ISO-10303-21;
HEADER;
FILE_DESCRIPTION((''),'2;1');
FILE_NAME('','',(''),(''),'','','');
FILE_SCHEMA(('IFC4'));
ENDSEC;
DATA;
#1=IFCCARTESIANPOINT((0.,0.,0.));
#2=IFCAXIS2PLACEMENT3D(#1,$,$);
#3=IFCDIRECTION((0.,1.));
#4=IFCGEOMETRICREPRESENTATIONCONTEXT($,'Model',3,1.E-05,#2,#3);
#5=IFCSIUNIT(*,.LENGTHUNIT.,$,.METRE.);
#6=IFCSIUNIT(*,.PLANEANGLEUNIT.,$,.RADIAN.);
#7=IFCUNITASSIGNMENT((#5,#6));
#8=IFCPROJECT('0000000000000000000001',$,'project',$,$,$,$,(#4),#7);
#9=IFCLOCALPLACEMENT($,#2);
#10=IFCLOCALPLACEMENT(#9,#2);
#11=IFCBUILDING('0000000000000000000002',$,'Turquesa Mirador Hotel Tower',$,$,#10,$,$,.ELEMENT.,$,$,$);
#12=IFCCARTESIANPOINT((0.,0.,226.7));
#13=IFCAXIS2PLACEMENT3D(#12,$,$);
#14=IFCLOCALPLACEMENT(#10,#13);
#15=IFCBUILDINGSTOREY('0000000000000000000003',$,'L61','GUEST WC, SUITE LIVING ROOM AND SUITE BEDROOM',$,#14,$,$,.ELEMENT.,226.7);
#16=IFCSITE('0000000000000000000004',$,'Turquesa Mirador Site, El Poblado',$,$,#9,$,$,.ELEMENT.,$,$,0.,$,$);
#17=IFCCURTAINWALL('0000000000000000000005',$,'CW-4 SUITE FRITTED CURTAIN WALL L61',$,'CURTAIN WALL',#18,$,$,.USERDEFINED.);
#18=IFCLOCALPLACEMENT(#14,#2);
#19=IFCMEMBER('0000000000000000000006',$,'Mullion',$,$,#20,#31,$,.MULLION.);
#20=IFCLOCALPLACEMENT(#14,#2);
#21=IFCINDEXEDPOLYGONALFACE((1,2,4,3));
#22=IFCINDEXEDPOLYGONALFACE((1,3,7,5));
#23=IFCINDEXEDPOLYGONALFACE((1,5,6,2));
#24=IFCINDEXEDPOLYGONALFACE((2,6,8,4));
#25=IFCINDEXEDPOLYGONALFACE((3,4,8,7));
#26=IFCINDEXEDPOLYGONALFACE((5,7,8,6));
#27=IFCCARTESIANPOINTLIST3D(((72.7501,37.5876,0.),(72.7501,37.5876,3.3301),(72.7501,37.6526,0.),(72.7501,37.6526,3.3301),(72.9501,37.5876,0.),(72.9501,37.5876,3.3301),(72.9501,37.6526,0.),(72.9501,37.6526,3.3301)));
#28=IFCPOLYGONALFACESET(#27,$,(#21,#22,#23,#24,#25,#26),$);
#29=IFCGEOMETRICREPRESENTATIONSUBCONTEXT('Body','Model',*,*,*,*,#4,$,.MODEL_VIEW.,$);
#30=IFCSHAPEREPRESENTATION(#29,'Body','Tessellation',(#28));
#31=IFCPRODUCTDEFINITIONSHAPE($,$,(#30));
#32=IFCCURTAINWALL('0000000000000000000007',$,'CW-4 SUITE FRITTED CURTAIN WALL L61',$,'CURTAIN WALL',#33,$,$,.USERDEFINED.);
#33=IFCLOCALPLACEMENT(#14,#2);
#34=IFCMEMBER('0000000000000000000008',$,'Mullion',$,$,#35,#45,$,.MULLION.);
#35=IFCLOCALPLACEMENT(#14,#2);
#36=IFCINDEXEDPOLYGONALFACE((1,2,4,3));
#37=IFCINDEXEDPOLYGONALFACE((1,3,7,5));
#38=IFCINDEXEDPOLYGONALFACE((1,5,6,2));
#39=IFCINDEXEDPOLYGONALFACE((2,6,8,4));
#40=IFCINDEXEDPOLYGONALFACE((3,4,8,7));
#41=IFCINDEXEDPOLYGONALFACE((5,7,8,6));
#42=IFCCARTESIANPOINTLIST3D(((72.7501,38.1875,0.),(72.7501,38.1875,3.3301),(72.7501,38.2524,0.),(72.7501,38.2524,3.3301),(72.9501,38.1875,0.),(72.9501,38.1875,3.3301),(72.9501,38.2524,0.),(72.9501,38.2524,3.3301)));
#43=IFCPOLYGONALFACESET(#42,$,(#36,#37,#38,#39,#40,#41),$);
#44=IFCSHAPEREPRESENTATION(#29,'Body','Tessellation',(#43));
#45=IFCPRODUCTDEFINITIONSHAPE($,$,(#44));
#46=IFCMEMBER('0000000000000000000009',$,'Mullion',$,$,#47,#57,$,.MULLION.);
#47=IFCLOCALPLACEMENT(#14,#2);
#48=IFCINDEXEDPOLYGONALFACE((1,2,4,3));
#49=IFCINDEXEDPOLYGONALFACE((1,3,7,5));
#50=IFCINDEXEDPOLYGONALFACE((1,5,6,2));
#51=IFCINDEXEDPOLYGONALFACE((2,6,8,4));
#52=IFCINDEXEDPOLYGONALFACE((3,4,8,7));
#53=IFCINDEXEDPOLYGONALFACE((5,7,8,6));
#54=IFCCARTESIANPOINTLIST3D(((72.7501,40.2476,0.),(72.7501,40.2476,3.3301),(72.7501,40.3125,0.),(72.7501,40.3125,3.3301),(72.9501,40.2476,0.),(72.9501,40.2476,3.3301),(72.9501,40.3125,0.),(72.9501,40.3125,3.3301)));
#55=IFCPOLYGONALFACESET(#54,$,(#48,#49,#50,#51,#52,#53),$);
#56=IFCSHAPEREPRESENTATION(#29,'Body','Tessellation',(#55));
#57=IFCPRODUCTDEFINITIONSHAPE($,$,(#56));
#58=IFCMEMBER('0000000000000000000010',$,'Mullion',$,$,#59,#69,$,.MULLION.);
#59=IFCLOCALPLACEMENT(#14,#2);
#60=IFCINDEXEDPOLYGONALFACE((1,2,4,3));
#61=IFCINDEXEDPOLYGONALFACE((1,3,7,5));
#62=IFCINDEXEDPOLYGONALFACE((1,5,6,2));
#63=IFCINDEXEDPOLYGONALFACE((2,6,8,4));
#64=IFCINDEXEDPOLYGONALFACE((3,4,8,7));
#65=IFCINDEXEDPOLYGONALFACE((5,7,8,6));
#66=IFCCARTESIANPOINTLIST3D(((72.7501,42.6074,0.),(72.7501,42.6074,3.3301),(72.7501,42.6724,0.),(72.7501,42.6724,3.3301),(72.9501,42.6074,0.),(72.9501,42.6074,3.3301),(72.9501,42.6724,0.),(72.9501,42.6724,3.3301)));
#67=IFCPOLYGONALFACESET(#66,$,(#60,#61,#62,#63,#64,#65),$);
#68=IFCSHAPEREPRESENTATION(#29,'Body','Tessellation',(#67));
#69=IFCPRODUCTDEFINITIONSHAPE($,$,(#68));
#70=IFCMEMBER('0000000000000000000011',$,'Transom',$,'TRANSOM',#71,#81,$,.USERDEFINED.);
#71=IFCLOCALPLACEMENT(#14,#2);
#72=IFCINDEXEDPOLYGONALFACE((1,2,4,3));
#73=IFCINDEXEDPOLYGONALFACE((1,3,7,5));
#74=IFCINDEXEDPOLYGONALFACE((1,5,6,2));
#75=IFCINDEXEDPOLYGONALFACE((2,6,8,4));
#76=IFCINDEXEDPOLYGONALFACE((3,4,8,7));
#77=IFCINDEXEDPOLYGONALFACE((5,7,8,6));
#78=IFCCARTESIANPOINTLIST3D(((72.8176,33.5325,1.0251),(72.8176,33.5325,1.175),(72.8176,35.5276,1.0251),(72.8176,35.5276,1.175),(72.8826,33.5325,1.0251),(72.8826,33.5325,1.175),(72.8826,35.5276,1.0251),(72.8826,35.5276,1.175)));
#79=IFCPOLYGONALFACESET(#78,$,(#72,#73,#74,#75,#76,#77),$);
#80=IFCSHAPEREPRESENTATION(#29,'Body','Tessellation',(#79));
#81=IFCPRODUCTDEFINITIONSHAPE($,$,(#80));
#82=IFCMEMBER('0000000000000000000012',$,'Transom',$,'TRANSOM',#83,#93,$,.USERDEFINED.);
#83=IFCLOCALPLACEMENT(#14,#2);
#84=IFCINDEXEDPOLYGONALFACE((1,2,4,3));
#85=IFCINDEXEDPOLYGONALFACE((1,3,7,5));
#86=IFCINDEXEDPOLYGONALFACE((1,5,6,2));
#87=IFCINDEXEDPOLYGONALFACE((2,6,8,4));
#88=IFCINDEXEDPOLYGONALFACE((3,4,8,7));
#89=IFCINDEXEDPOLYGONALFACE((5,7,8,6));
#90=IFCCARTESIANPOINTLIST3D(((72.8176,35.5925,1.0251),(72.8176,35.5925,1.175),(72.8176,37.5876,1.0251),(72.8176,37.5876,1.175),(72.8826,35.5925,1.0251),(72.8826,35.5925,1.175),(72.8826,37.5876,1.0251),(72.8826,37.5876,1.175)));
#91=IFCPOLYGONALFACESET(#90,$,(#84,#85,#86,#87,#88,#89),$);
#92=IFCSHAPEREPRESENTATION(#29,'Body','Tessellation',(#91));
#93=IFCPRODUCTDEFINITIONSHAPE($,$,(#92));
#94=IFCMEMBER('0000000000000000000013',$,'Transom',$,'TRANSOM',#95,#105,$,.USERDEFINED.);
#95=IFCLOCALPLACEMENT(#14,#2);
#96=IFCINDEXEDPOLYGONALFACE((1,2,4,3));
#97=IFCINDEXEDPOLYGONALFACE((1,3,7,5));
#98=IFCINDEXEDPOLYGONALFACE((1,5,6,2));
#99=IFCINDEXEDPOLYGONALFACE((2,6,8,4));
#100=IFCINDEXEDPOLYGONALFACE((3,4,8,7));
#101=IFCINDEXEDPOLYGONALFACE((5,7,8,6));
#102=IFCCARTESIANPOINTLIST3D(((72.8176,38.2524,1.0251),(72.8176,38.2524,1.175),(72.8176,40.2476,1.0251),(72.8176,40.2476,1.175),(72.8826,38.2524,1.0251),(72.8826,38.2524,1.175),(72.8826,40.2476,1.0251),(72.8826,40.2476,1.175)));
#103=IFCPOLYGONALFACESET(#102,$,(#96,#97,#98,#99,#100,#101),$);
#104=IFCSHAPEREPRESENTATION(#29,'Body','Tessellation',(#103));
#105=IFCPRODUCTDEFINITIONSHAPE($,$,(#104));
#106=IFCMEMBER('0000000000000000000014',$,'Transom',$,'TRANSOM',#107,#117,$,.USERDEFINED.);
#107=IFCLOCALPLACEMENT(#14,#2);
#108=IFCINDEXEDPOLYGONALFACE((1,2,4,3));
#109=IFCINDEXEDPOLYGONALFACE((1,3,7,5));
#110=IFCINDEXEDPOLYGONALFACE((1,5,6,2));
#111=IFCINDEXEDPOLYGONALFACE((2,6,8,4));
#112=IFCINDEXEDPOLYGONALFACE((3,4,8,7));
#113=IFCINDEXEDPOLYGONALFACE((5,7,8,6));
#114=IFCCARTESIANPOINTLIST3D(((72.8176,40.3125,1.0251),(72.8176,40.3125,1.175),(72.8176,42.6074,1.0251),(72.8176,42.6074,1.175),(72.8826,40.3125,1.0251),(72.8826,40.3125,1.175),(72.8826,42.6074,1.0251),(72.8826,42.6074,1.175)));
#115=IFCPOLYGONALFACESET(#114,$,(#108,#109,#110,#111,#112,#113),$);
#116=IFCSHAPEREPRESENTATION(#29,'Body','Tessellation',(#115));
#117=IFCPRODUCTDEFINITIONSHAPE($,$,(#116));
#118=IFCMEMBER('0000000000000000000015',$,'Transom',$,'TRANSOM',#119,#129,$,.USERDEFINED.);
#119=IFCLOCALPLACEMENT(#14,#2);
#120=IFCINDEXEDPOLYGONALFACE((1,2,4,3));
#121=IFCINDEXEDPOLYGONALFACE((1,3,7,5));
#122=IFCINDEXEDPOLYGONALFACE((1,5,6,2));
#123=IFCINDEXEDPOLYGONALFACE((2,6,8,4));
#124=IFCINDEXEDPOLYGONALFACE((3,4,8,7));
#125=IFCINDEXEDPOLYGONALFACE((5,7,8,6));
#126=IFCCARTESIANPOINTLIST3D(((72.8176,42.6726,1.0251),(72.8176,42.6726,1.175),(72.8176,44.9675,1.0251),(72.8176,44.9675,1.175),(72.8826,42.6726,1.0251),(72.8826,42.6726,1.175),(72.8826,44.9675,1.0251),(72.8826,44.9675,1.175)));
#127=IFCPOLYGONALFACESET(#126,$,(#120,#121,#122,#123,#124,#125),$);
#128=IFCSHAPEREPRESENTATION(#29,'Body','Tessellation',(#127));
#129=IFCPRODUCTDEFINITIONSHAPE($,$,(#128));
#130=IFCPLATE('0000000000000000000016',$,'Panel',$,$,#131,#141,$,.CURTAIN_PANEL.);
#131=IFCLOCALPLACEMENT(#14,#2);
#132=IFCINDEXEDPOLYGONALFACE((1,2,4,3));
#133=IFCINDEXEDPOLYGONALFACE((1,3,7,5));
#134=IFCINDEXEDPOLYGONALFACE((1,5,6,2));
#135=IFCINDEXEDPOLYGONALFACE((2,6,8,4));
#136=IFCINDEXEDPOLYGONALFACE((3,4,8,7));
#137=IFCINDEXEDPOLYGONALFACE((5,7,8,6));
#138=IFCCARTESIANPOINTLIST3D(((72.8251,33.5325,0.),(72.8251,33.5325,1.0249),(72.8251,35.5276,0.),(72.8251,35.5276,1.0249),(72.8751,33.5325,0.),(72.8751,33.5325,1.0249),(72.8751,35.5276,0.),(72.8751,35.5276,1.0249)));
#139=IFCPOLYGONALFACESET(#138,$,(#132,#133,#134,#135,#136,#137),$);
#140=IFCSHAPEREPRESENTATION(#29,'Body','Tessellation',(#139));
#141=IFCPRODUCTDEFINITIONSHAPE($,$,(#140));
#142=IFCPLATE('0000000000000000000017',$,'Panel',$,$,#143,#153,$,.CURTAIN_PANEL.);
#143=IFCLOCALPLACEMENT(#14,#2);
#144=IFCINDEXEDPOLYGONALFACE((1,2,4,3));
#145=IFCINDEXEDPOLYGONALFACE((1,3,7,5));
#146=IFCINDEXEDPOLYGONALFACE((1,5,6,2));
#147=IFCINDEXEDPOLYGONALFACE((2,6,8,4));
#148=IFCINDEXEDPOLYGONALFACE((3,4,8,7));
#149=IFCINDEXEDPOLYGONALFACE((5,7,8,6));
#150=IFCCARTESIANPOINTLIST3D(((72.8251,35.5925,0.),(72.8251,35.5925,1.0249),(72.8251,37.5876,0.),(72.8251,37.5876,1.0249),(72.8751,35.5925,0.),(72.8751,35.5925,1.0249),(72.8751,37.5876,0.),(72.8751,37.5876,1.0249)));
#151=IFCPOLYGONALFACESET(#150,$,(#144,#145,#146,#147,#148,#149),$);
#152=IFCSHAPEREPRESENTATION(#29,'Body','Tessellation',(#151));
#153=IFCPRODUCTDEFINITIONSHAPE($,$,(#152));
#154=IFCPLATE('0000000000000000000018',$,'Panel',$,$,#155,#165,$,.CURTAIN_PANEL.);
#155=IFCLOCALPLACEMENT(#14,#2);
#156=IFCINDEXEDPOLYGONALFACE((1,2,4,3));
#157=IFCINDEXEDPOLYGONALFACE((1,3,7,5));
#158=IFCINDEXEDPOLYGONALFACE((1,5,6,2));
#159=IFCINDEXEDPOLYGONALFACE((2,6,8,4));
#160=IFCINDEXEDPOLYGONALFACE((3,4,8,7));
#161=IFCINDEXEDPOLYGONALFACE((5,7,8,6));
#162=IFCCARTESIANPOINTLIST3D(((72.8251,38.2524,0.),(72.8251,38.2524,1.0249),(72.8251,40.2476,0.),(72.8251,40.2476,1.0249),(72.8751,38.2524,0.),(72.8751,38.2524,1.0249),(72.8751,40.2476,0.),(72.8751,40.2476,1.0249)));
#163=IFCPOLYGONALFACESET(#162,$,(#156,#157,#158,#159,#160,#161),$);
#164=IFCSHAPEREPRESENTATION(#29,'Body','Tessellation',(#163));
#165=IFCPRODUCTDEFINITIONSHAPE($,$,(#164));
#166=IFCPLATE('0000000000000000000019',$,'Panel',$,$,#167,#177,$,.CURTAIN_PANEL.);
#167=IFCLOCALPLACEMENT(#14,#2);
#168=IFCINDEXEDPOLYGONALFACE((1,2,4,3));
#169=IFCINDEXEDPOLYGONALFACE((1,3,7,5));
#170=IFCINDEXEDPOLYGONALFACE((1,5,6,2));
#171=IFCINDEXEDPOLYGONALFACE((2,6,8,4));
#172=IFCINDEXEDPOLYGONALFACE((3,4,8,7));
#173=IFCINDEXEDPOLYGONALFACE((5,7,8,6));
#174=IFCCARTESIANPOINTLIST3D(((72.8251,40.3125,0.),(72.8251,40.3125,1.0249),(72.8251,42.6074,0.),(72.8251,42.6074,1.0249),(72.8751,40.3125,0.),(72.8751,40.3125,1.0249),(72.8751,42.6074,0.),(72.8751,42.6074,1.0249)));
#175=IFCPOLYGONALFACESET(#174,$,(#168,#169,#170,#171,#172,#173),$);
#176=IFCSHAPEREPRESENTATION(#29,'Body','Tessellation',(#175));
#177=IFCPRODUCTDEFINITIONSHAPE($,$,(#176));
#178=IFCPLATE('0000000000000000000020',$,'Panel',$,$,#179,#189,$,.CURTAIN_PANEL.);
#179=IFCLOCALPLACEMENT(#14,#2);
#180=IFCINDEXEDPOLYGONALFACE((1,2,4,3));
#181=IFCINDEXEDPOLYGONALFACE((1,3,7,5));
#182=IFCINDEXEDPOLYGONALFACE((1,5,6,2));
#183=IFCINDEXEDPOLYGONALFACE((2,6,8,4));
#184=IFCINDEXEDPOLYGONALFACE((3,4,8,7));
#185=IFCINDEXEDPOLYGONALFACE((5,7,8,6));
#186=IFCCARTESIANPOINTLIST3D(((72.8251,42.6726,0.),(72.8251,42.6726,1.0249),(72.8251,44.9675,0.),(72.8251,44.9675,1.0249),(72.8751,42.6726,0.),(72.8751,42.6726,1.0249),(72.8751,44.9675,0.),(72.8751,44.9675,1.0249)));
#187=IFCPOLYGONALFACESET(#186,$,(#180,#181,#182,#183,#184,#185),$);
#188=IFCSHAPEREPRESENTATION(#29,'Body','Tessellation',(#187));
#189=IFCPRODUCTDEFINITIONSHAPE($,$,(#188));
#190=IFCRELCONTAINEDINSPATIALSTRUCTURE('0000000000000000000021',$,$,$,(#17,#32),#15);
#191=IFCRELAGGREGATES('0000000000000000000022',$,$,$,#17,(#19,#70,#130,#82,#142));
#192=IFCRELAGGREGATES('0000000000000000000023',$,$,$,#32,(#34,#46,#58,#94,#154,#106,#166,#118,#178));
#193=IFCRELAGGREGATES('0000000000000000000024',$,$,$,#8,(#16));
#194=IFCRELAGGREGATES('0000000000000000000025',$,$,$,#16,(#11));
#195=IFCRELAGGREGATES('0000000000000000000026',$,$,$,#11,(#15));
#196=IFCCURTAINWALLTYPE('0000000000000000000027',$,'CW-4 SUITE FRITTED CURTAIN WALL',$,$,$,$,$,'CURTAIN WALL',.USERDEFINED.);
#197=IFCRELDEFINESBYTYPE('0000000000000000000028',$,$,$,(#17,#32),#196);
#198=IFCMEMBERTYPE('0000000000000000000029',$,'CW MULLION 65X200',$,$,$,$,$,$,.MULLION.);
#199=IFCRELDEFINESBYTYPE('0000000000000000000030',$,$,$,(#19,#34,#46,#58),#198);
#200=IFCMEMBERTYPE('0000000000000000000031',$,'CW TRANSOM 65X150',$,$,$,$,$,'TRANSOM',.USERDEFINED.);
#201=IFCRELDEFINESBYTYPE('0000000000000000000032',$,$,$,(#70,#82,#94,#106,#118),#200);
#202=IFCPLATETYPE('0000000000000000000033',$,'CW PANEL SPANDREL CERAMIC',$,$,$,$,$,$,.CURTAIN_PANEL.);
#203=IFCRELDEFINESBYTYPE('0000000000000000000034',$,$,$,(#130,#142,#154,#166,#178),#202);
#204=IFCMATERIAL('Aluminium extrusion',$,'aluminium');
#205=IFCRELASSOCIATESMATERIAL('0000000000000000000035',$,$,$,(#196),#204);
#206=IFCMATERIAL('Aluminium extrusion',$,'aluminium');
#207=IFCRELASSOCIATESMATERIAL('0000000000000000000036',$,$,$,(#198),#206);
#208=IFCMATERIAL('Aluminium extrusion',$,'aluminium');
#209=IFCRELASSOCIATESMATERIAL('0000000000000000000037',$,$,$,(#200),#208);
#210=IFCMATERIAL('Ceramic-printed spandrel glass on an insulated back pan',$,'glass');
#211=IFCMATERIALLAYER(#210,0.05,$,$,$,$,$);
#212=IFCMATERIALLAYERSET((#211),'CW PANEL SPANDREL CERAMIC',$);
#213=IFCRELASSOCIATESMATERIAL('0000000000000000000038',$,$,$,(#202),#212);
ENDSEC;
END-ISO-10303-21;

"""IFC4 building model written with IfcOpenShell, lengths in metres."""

from ifc_helpers import new_model, si_unit, direction, frame, origin, origin_2d, place, context, subcontext, project, spatial, rectangle, extrude, material, layer, layer_set, material_profile, profile_set, type_object, element, aggregate, save


model = new_model("IFC4")

# Units and contexts
model_context = context("Model", 3, precision=1e-05, world=origin(), true_north=direction((0.0, 1.0)))
body_context = subcontext(model_context, "Body", "Model", "MODEL_VIEW")
ifc_project = project(units=[si_unit("LENGTHUNIT", "METRE"), si_unit("PLANEANGLEUNIT", "RADIAN")], contexts=[model_context])

# Site, building, storey
site_placement = place(None, origin())
site = spatial("IfcSite", under=ifc_project, at=site_placement, Name="Turquesa Mirador Site, El Poblado", CompositionType="ELEMENT", RefElevation=0.0)
building_placement = place(site_placement, origin())
building = spatial("IfcBuilding", under=site, at=building_placement, Name="Turquesa Mirador Hotel Tower", CompositionType="ELEMENT")
storey_placement = place(building_placement, frame((0.0, 0.0, 226.7)))
storey = spatial("IfcBuildingStorey", under=building, at=storey_placement, Name="L61", Description="GUEST WC, SUITE LIVING ROOM AND SUITE BEDROOM", CompositionType="ELEMENT", Elevation=226.7)

# Curtain walls, members
ifc_material_1 = material(Name="Aluminium extrusion", Category="aluminium")
curtain_wall_type = type_object("IfcCurtainWallType", Name="CW-4 SUITE FRITTED CURTAIN WALL", ElementType="CURTAIN WALL", PredefinedType="USERDEFINED", material=ifc_material_1)
curtain_wall_1_placement = place(storey_placement, origin())
curtain_wall_1 = element("IfcCurtainWall", 1, at=curtain_wall_1_placement, inside=storey, type_object=curtain_wall_type, Name="CW-4 SUITE FRITTED CURTAIN WALL L61", ObjectType="CURTAIN WALL", PredefinedType="USERDEFINED")
ifc_material_2 = material(Name="Aluminium extrusion", Category="aluminium")
ifc_material_profile_1 = material_profile(ifc_material_2, rectangle(XDim=0.0649, YDim=0.2, at=origin_2d()), Name="MULLION 65X200")
ifc_profile_set_1 = profile_set([ifc_material_profile_1], Name="Aluminium extrusion")
member_type_1 = type_object("IfcMemberType", Name="CW MULLION 65X200", PredefinedType="MULLION", material=ifc_profile_set_1)
member_1_placement = place(storey_placement, frame((72.8501, 37.6201, 0.0), z_axis=(0.0, 0.0, 1.0), x_axis=(0.0, 1.0, 0.0)))
member_1 = element("IfcMember", 2, at=member_1_placement, type_object=member_type_1, Name="Mullion", PredefinedType="MULLION", context=body_context, shape_type="SweptSolid", body=[
    extrude(rectangle(XDim=0.0649, YDim=0.2, at=origin_2d()), origin(), (0.0, 0.0, 1.0), 3.3301),
])
curtain_wall_2_placement = place(storey_placement, origin())
curtain_wall_2 = element("IfcCurtainWall", 3, at=curtain_wall_2_placement, inside=storey, type_object=curtain_wall_type, Name="CW-4 SUITE FRITTED CURTAIN WALL L61", ObjectType="CURTAIN WALL", PredefinedType="USERDEFINED")
member_2_placement = place(storey_placement, frame((72.8501, 38.22, 0.0), z_axis=(0.0, 0.0, 1.0), x_axis=(0.0, 1.0, 0.0)))
member_2 = element("IfcMember", 4, at=member_2_placement, type_object=member_type_1, Name="Mullion", PredefinedType="MULLION", context=body_context, shape_type="SweptSolid", body=[
    extrude(rectangle(XDim=0.0649, YDim=0.2, at=origin_2d()), origin(), (0.0, 0.0, 1.0), 3.3301),
])
member_3_placement = place(storey_placement, frame((72.8501, 40.28, 0.0), z_axis=(0.0, 0.0, 1.0), x_axis=(0.0, 1.0, 0.0)))
member_3 = element("IfcMember", 5, at=member_3_placement, type_object=member_type_1, Name="Mullion", PredefinedType="MULLION", context=body_context, shape_type="SweptSolid", body=[
    extrude(rectangle(XDim=0.0649, YDim=0.2, at=origin_2d()), origin(), (0.0, 0.0, 1.0), 3.3301),
])
member_4_placement = place(storey_placement, frame((72.8501, 42.6399, 0.0), z_axis=(0.0, 0.0, 1.0), x_axis=(0.0, 1.0, 0.0)))
member_4 = element("IfcMember", 6, at=member_4_placement, type_object=member_type_1, Name="Mullion", PredefinedType="MULLION", context=body_context, shape_type="SweptSolid", body=[
    extrude(rectangle(XDim=0.0649, YDim=0.2, at=origin_2d()), origin(), (0.0, 0.0, 1.0), 3.3301),
])

# Members
ifc_material_3 = material(Name="Aluminium extrusion", Category="aluminium")
ifc_material_profile_2 = material_profile(ifc_material_3, rectangle(XDim=0.0649, YDim=0.1499, at=origin_2d()), Name="TRANSOM 65X150")
ifc_profile_set_2 = profile_set([ifc_material_profile_2], Name="Aluminium extrusion")
member_type_2 = type_object("IfcMemberType", Name="CW TRANSOM 65X150", ElementType="TRANSOM", PredefinedType="USERDEFINED", material=ifc_profile_set_2)
member_5_placement = place(storey_placement, frame((72.8501, 33.5325, 1.1001), z_axis=(0.0, 1.0, 0.0), x_axis=(-1.0, 0.0, 0.0)))
member_5 = element("IfcMember", 7, at=member_5_placement, type_object=member_type_2, Name="Transom", ObjectType="TRANSOM", PredefinedType="USERDEFINED", context=body_context, shape_type="SweptSolid", body=[
    extrude(rectangle(XDim=0.0649, YDim=0.1499, at=origin_2d()), origin(), (0.0, 0.0, 1.0), 1.9951),
])
member_6_placement = place(storey_placement, frame((72.8501, 35.5925, 1.1001), z_axis=(0.0, 1.0, 0.0), x_axis=(-1.0, 0.0, 0.0)))
member_6 = element("IfcMember", 8, at=member_6_placement, type_object=member_type_2, Name="Transom", ObjectType="TRANSOM", PredefinedType="USERDEFINED", context=body_context, shape_type="SweptSolid", body=[
    extrude(rectangle(XDim=0.0649, YDim=0.1499, at=origin_2d()), origin(), (0.0, 0.0, 1.0), 1.9951),
])
member_7_placement = place(storey_placement, frame((72.8501, 38.2524, 1.1001), z_axis=(0.0, 1.0, 0.0), x_axis=(-1.0, 0.0, 0.0)))
member_7 = element("IfcMember", 9, at=member_7_placement, type_object=member_type_2, Name="Transom", ObjectType="TRANSOM", PredefinedType="USERDEFINED", context=body_context, shape_type="SweptSolid", body=[
    extrude(rectangle(XDim=0.0649, YDim=0.1499, at=origin_2d()), origin(), (0.0, 0.0, 1.0), 1.9951),
])
member_8_placement = place(storey_placement, frame((72.8501, 40.3125, 1.1001), z_axis=(0.0, 1.0, 0.0), x_axis=(-1.0, 0.0, 0.0)))
member_8 = element("IfcMember", 10, at=member_8_placement, type_object=member_type_2, Name="Transom", ObjectType="TRANSOM", PredefinedType="USERDEFINED", context=body_context, shape_type="SweptSolid", body=[
    extrude(rectangle(XDim=0.0649, YDim=0.1499, at=origin_2d()), origin(), (0.0, 0.0, 1.0), 2.2949),
])
member_9_placement = place(storey_placement, frame((72.8501, 42.6726, 1.1001), z_axis=(0.0, 1.0, 0.0), x_axis=(-1.0, 0.0, 0.0)))
member_9 = element("IfcMember", 11, at=member_9_placement, type_object=member_type_2, Name="Transom", ObjectType="TRANSOM", PredefinedType="USERDEFINED", context=body_context, shape_type="SweptSolid", body=[
    extrude(rectangle(XDim=0.0649, YDim=0.1499, at=origin_2d()), origin(), (0.0, 0.0, 1.0), 2.2949),
])

# Plates
ifc_material_4 = material(Name="Ceramic-printed spandrel glass on an insulated back pan", Category="glass")
ifc_layer_1 = layer(ifc_material_4, 0.05)
ifc_layer_set_1 = layer_set([ifc_layer_1], Name="CW PANEL SPANDREL CERAMIC")
plate_type_1 = type_object("IfcPlateType", Name="CW PANEL SPANDREL CERAMIC", PredefinedType="CURTAIN_PANEL", material=ifc_layer_set_1)
plate_1_placement = place(storey_placement, frame((72.8501, 34.53, 0.0), z_axis=(0.0, 0.0, 1.0), x_axis=(0.0, 1.0, 0.0)))
plate_1 = element("IfcPlate", 12, at=plate_1_placement, type_object=plate_type_1, Name="Panel", PredefinedType="CURTAIN_PANEL", context=body_context, shape_type="SweptSolid", body=[
    extrude(rectangle(XDim=1.9951, YDim=0.05, at=origin_2d()), origin(), (0.0, 0.0, 1.0), 1.0249),
])
plate_2_placement = place(storey_placement, frame((72.8501, 36.5901, 0.0), z_axis=(0.0, 0.0, 1.0), x_axis=(0.0, 1.0, 0.0)))
plate_2 = element("IfcPlate", 13, at=plate_2_placement, type_object=plate_type_1, Name="Panel", PredefinedType="CURTAIN_PANEL", context=body_context, shape_type="SweptSolid", body=[
    extrude(rectangle(XDim=1.9951, YDim=0.05, at=origin_2d()), origin(), (0.0, 0.0, 1.0), 1.0249),
])
plate_3_placement = place(storey_placement, frame((72.8501, 39.25, 0.0), z_axis=(0.0, 0.0, 1.0), x_axis=(0.0, 1.0, 0.0)))
plate_3 = element("IfcPlate", 14, at=plate_3_placement, type_object=plate_type_1, Name="Panel", PredefinedType="CURTAIN_PANEL", context=body_context, shape_type="SweptSolid", body=[
    extrude(rectangle(XDim=1.9951, YDim=0.05, at=origin_2d()), origin(), (0.0, 0.0, 1.0), 1.0249),
])
plate_4_placement = place(storey_placement, frame((72.8501, 41.46, 0.0), z_axis=(0.0, 0.0, 1.0), x_axis=(0.0, 1.0, 0.0)))
plate_4 = element("IfcPlate", 15, at=plate_4_placement, type_object=plate_type_1, Name="Panel", PredefinedType="CURTAIN_PANEL", context=body_context, shape_type="SweptSolid", body=[
    extrude(rectangle(XDim=2.2949, YDim=0.05, at=origin_2d()), origin(), (0.0, 0.0, 1.0), 1.0249),
])
plate_5_placement = place(storey_placement, frame((72.8501, 43.8201, 0.0), z_axis=(0.0, 0.0, 1.0), x_axis=(0.0, 1.0, 0.0)))
plate_5 = element("IfcPlate", 16, at=plate_5_placement, type_object=plate_type_1, Name="Panel", PredefinedType="CURTAIN_PANEL", context=body_context, shape_type="SweptSolid", body=[
    extrude(rectangle(XDim=2.2949, YDim=0.05, at=origin_2d()), origin(), (0.0, 0.0, 1.0), 1.0249),
])
aggregate(curtain_wall_1, [member_1, member_5, plate_1, member_6, plate_2])
aggregate(curtain_wall_2, [member_2, member_3, member_4, member_7, plate_3, member_8, plate_4, member_9, plate_5])

save(model, "model.ifc")
